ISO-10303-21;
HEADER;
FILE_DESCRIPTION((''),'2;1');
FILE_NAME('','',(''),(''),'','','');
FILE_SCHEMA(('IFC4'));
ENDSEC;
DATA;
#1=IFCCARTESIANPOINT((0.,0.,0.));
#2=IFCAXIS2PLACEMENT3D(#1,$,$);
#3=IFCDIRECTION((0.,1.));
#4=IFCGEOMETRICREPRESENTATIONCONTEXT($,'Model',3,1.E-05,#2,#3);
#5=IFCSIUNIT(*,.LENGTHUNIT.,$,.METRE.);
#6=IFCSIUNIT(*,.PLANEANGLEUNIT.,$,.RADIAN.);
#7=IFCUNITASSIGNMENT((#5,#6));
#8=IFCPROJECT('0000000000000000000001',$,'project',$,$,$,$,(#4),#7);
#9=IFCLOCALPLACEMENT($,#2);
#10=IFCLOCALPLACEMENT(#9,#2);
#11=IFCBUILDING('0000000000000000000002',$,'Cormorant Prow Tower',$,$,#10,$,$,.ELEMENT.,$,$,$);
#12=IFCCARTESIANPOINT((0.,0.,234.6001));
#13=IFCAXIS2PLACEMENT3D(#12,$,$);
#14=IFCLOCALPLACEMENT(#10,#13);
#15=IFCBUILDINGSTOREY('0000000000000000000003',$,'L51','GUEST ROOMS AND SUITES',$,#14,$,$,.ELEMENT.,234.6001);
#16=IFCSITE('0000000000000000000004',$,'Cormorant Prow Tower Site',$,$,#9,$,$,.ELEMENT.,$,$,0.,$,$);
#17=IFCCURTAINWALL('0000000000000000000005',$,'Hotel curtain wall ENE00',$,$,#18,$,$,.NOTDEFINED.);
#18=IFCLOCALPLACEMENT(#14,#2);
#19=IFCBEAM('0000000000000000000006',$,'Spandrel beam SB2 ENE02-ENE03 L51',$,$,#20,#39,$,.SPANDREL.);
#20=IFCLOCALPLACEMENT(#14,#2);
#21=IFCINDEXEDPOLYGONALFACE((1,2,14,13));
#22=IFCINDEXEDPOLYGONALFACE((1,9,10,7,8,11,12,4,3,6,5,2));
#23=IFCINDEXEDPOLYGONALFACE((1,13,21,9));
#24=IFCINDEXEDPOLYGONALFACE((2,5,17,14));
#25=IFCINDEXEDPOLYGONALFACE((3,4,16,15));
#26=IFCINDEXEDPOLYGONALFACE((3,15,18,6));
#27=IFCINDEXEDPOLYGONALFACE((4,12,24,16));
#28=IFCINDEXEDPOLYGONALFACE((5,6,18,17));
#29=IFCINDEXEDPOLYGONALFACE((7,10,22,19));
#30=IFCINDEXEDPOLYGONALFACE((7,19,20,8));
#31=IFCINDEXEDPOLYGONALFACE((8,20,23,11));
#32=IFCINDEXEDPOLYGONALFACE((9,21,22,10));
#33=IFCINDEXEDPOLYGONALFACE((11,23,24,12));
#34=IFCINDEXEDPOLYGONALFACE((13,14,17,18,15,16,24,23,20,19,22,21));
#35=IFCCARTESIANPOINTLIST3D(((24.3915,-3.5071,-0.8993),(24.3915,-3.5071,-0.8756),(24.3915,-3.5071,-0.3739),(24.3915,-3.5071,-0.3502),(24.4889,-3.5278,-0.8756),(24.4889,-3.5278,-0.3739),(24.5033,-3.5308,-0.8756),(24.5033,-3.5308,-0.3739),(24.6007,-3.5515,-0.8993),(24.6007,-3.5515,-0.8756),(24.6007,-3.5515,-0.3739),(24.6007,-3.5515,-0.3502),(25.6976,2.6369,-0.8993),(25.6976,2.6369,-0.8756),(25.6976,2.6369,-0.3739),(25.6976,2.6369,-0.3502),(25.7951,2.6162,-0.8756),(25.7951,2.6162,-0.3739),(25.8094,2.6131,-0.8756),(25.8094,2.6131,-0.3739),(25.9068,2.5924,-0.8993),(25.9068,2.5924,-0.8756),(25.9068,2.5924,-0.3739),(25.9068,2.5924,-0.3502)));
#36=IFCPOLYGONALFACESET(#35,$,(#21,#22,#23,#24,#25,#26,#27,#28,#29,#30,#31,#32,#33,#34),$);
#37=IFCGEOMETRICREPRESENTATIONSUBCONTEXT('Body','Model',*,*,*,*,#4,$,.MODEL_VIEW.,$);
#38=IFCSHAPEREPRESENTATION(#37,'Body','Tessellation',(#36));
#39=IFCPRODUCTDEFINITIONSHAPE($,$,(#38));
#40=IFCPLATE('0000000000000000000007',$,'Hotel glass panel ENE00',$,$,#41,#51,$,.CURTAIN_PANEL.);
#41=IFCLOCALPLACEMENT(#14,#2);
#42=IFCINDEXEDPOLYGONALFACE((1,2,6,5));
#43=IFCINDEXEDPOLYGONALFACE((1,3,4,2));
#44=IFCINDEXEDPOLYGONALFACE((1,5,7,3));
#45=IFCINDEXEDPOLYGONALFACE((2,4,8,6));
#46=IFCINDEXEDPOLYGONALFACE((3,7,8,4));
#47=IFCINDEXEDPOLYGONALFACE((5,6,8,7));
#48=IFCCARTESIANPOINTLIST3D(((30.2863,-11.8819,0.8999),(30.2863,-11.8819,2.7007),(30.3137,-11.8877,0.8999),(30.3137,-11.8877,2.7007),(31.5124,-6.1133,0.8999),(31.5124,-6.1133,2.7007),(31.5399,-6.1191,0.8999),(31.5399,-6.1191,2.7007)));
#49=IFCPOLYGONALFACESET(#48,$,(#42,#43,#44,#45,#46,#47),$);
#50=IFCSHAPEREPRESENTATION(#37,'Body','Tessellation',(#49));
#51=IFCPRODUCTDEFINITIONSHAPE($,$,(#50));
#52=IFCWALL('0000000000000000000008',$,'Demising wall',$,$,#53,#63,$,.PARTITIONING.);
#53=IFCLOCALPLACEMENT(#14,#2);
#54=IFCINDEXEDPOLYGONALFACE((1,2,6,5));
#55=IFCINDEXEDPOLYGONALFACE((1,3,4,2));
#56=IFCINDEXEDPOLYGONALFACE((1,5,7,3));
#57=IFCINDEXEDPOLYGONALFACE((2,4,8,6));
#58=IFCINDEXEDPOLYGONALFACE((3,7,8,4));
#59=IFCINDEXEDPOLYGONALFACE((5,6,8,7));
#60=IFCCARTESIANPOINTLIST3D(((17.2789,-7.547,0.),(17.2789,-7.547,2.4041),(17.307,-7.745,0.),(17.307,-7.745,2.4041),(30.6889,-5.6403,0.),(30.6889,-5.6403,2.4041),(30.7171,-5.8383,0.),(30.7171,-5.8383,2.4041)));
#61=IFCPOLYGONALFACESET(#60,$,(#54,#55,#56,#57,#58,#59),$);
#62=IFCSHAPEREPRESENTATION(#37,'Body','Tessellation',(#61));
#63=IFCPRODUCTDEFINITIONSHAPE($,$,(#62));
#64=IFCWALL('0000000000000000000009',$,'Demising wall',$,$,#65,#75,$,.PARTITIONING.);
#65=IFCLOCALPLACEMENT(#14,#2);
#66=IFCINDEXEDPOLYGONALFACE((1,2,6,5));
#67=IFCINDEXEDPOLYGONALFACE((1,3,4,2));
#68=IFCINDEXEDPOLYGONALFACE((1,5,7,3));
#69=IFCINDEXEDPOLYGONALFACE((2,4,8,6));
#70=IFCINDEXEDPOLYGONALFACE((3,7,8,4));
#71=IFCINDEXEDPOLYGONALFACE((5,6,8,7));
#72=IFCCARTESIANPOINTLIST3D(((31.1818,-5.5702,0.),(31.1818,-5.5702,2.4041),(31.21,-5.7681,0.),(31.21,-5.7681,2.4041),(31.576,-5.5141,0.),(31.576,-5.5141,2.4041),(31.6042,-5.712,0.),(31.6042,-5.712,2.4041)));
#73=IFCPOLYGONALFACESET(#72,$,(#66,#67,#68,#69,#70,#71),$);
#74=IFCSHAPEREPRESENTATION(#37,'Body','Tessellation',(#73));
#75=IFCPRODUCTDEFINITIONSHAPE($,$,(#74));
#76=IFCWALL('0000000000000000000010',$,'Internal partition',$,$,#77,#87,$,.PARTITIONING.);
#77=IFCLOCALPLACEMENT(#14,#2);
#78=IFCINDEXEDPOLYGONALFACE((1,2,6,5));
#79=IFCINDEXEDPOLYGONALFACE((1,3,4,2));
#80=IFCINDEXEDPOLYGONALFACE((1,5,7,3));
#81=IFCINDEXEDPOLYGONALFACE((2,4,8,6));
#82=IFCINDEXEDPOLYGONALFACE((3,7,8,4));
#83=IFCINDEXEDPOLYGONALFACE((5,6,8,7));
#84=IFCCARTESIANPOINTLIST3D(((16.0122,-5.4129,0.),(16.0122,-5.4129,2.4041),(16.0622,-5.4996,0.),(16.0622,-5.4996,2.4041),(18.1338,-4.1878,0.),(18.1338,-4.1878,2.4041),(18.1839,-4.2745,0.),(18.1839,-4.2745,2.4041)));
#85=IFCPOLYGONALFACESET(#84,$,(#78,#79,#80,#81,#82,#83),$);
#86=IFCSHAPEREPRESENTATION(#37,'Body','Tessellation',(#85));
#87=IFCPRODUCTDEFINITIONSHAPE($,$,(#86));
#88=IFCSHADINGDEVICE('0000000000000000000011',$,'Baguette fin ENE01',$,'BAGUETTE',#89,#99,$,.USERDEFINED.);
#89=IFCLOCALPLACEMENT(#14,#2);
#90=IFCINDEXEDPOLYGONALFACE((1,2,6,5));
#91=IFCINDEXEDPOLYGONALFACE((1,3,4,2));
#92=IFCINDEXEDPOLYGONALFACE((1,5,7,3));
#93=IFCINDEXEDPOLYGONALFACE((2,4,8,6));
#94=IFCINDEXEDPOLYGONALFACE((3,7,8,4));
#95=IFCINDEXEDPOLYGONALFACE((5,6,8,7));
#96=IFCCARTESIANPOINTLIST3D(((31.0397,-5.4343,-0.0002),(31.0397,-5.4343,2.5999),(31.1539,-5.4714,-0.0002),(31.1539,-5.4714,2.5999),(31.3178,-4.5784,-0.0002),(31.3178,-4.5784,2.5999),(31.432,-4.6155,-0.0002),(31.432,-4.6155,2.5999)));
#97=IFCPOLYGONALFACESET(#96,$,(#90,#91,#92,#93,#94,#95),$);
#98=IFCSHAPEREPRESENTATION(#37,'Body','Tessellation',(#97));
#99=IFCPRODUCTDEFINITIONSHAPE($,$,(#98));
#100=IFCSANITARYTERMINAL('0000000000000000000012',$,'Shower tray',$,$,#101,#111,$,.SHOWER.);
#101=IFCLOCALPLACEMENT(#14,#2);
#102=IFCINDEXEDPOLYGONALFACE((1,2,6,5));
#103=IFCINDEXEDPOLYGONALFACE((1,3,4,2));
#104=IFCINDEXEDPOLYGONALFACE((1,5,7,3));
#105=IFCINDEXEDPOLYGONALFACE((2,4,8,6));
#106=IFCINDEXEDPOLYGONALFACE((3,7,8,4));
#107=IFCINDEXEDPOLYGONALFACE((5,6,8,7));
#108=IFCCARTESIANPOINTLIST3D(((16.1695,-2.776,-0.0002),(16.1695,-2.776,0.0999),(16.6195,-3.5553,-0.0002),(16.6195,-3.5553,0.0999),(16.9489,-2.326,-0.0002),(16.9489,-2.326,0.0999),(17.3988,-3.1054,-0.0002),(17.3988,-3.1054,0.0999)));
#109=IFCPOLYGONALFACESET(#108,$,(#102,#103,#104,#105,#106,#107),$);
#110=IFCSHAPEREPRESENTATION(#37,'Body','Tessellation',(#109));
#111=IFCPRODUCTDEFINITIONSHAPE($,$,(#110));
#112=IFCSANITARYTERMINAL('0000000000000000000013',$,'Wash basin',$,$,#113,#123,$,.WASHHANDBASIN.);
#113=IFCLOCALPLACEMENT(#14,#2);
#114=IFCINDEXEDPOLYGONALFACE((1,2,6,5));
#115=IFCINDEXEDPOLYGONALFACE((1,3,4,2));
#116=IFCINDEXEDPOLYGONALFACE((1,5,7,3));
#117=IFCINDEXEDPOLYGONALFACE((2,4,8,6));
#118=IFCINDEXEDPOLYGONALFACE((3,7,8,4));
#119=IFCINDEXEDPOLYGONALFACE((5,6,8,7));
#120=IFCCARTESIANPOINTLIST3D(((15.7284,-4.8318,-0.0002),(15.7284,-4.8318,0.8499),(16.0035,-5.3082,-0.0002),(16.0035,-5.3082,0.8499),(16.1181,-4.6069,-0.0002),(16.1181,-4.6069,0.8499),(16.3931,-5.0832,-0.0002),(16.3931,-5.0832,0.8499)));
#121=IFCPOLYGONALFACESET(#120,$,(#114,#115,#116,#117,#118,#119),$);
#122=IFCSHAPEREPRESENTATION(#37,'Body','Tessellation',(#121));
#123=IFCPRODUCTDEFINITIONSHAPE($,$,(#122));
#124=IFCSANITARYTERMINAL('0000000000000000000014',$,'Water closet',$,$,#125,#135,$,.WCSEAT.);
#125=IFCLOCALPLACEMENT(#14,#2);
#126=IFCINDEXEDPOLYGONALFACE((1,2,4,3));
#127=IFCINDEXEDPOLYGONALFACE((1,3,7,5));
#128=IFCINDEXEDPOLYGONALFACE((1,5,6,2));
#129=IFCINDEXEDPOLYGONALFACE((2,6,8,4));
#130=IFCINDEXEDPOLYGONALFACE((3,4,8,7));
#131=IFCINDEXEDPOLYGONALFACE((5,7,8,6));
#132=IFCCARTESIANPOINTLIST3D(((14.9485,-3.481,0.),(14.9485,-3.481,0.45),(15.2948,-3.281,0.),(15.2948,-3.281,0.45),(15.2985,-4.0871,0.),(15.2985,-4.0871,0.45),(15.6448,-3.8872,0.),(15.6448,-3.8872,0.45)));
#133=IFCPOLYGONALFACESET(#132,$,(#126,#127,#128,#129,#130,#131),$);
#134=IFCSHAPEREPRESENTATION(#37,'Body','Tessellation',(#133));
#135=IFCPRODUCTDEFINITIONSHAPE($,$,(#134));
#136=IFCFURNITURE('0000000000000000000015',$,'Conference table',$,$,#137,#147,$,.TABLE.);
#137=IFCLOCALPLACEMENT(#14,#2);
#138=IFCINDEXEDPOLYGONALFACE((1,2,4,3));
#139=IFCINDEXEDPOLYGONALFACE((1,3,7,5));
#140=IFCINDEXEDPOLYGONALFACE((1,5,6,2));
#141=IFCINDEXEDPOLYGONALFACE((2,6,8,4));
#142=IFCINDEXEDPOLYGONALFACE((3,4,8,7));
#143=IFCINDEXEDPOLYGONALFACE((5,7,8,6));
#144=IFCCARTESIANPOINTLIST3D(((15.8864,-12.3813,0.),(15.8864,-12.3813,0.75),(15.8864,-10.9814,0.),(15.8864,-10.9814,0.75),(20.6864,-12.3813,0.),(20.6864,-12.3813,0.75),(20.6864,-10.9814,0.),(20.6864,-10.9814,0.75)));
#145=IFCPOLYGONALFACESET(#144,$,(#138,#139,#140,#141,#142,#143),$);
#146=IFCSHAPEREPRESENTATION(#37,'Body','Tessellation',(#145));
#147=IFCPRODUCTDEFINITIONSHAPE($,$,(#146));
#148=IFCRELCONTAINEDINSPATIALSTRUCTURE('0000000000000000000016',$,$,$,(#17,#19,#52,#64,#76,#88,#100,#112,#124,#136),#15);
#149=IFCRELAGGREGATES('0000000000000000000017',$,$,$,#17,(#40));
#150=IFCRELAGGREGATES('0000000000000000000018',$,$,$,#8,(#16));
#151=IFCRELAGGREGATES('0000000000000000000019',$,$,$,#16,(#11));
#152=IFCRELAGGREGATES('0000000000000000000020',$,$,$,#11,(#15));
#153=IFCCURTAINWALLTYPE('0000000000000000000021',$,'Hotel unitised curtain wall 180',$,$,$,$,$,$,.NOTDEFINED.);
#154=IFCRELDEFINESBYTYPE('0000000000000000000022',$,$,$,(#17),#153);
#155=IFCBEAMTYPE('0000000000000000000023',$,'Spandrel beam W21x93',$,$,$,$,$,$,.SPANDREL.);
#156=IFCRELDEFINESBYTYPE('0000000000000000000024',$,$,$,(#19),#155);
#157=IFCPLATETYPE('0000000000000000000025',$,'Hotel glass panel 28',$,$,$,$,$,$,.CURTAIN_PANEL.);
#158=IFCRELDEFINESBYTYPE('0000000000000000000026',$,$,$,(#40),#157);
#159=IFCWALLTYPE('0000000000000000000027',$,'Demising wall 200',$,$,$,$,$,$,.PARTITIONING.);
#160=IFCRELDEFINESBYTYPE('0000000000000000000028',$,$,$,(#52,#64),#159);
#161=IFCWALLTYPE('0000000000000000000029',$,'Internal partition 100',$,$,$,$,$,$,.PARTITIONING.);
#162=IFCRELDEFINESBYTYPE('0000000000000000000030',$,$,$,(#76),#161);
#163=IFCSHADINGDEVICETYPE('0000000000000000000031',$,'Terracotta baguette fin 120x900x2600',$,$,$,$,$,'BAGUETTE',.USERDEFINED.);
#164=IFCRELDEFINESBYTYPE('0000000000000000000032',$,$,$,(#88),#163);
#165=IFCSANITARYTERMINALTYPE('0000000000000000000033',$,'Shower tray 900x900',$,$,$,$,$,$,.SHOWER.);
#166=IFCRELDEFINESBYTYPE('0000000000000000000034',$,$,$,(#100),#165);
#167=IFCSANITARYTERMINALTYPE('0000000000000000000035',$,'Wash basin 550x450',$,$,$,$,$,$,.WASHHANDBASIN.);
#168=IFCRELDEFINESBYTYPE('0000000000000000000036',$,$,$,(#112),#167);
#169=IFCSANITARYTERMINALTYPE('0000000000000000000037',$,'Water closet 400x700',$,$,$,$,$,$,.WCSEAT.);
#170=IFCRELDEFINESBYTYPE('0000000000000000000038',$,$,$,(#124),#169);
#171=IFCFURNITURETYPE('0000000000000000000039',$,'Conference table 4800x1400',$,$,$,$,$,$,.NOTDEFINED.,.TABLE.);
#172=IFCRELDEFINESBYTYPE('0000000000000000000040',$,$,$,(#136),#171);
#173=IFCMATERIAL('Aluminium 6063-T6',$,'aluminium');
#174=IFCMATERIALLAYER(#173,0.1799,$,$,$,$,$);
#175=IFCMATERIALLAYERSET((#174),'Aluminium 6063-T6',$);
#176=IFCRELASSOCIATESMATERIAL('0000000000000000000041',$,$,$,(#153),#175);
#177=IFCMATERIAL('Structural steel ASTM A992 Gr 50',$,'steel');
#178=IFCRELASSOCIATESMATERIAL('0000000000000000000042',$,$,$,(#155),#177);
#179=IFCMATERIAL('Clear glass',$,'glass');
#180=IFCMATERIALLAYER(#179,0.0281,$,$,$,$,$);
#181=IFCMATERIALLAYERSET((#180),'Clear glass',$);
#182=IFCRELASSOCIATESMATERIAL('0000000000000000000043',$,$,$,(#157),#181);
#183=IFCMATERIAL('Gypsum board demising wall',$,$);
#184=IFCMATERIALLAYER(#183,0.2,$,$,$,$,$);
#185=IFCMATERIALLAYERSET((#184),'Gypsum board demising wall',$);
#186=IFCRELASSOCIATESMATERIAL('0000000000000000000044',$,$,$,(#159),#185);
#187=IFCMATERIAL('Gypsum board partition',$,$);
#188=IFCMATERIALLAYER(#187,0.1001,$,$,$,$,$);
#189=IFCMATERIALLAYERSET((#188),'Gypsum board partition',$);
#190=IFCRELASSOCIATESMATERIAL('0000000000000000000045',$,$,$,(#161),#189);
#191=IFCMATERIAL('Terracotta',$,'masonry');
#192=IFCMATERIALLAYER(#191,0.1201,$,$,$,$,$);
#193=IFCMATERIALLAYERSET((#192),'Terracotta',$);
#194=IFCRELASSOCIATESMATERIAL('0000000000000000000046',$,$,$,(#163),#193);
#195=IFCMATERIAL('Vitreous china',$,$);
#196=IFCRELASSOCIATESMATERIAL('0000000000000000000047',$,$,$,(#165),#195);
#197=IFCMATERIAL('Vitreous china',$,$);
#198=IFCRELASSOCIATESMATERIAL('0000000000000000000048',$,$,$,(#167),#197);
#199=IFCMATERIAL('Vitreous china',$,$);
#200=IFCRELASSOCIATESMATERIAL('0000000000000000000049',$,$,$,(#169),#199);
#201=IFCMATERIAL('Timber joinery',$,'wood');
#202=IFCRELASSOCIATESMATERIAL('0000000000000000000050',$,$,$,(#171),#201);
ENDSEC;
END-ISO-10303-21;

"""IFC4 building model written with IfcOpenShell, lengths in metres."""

from ifc_helpers import new_model, si_unit, direction, frame, frame_2d, origin, origin_2d, place, context, subcontext, project, spatial, rectangle, i_section, extrude, material, layer, layer_set, material_profile, profile_set, type_object, element, aggregate, save


model = new_model("IFC4")

# Units and contexts
model_context = context("Model", 3, precision=1e-05, world=origin(), true_north=direction((0.0, 1.0)))
body_context = subcontext(model_context, "Body", "Model", "MODEL_VIEW")
ifc_project = project(units=[si_unit("LENGTHUNIT", "METRE"), si_unit("PLANEANGLEUNIT", "RADIAN")], contexts=[model_context])

# Site, building, storey
site_placement = place(None, origin())
site = spatial("IfcSite", under=ifc_project, at=site_placement, Name="Cormorant Prow Tower Site", CompositionType="ELEMENT", RefElevation=0.0)
building_placement = place(site_placement, origin())
building = spatial("IfcBuilding", under=site, at=building_placement, Name="Cormorant Prow Tower", CompositionType="ELEMENT")
storey_placement = place(building_placement, frame((0.0, 0.0, 234.6001)))
storey = spatial("IfcBuildingStorey", under=building, at=storey_placement, Name="L51", Description="GUEST ROOMS AND SUITES", CompositionType="ELEMENT", Elevation=234.6001)

# Curtain wall
ifc_material_1 = material(Name="Aluminium 6063-T6", Category="aluminium")
ifc_layer_1 = layer(ifc_material_1, 0.1799)
ifc_layer_set_1 = layer_set([ifc_layer_1], Name="Aluminium 6063-T6")
curtain_wall_type = type_object("IfcCurtainWallType", Name="Hotel unitised curtain wall 180", PredefinedType="NOTDEFINED", material=ifc_layer_set_1)
curtain_wall_1_placement = place(storey_placement, origin())
curtain_wall_1 = element("IfcCurtainWall", 1, at=curtain_wall_1_placement, inside=storey, type_object=curtain_wall_type, Name="Hotel curtain wall ENE00", PredefinedType="NOTDEFINED")

# Beam
ifc_material_2 = material(Name="Structural steel ASTM A992 Gr 50", Category="steel")
ifc_material_profile_1 = material_profile(ifc_material_2, i_section(OverallWidth=0.2139, OverallDepth=0.5491, WebThickness=0.0146, FlangeThickness=0.0237, at=origin_2d()), Name="W21x93")
ifc_profile_set_1 = profile_set([ifc_material_profile_1], Name="Structural steel ASTM A992 Gr 50")
beam_type_1 = type_object("IfcBeamType", Name="Spandrel beam W21x93", PredefinedType="SPANDREL", material=ifc_profile_set_1)
for number, where, z_axis, x_axis, name in (
    (2, (24.4961, -3.5293, -0.6248), (0.207941, 0.978141, 0.0), (-0.978141, 0.207941, 0.0), "Spandrel beam SB2 ENE02-ENE03 L51"),
):
    element("IfcBeam", number, at=place(storey_placement, frame(where, z_axis=z_axis, x_axis=x_axis)), inside=storey, type_object=beam_type_1, Name=name, PredefinedType="SPANDREL", context=body_context, shape_type="SweptSolid", body=[
        extrude(i_section(OverallWidth=0.2139, OverallDepth=0.5491, WebThickness=0.0146, FlangeThickness=0.0237, at=origin_2d()), origin(), (0.0, 0.0, 1.0), 6.2812),
    ])

# Plate
ifc_material_3 = material(Name="Clear glass", Category="glass")
ifc_layer_2 = layer(ifc_material_3, 0.0281)
ifc_layer_set_2 = layer_set([ifc_layer_2], Name="Clear glass")
plate_type = type_object("IfcPlateType", Name="Hotel glass panel 28", PredefinedType="CURTAIN_PANEL", material=ifc_layer_set_2)
plate_placement = place(storey_placement, frame((30.9131, -9.0005, 0.8999), z_axis=(0.0, 0.0, 1.0), x_axis=(0.207912, 0.978148, 0.0)))
plate = element("IfcPlate", 3, at=plate_placement, type_object=plate_type, Name="Hotel glass panel ENE00", PredefinedType="CURTAIN_PANEL", context=body_context, shape_type="SweptSolid", body=[
    extrude(rectangle(XDim=5.8975, YDim=0.0281, at=origin_2d()), origin(), (0.0, 0.0, 1.0), 1.8008),
])
aggregate(curtain_wall_1, [plate])

# Walls
ifc_material_4 = material(Name="Gypsum board demising wall")
ifc_layer_3 = layer(ifc_material_4, 0.2)
ifc_layer_set_3 = layer_set([ifc_layer_3], Name="Gypsum board demising wall")
wall_type_1 = type_object("IfcWallType", Name="Demising wall 200", PredefinedType="PARTITIONING", material=ifc_layer_set_3)
wall_1_placement = place(storey_placement, frame((17.293, -7.646, 0.0), z_axis=(0.0, 0.0, 1.0), x_axis=(0.990042, 0.14077, 0.0)))
element("IfcWall", 4, at=wall_1_placement, inside=storey, type_object=wall_type_1, Name="Demising wall", PredefinedType="PARTITIONING", context=body_context, shape_type="SweptSolid", body=[
    extrude(rectangle(XDim=13.5449, YDim=0.2, at=frame_2d((6.7725, 0.0))), origin(), (0.0, 0.0, 1.0), 2.4041),
])
wall_2_placement = place(storey_placement, frame((31.1958, -5.6692, 0.0), z_axis=(0.0, 0.0, 1.0), x_axis=(0.990011, 0.140992, 0.0)))
element("IfcWall", 5, at=wall_2_placement, inside=storey, type_object=wall_type_1, Name="Demising wall", PredefinedType="PARTITIONING", context=body_context, shape_type="SweptSolid", body=[
    extrude(rectangle(XDim=0.3982, YDim=0.2, at=frame_2d((0.1992, 0.0))), origin(), (0.0, 0.0, 1.0), 2.4041),
])
ifc_material_5 = material(Name="Gypsum board partition")
ifc_layer_4 = layer(ifc_material_5, 0.1001)
ifc_layer_set_4 = layer_set([ifc_layer_4], Name="Gypsum board partition")
wall_type_2 = type_object("IfcWallType", Name="Internal partition 100", PredefinedType="PARTITIONING", material=ifc_layer_set_4)
wall_3_placement = place(storey_placement, frame((16.0371, -5.4563, 0.0), z_axis=(0.0, 0.0, 1.0), x_axis=(0.86599, 0.500062, 0.0)))
element("IfcWall", 6, at=wall_3_placement, inside=storey, type_object=wall_type_2, Name="Internal partition", PredefinedType="PARTITIONING", context=body_context, shape_type="SweptSolid", body=[
    extrude(rectangle(XDim=2.45, YDim=0.1001, at=frame_2d((1.2251, 0.0))), origin(), (0.0, 0.0, 1.0), 2.4041),
])

# Shading device
ifc_material_6 = material(Name="Terracotta", Category="masonry")
ifc_layer_5 = layer(ifc_material_6, 0.1201)
ifc_layer_set_5 = layer_set([ifc_layer_5], Name="Terracotta")
shading_device_type = type_object("IfcShadingDeviceType", Name="Terracotta baguette fin 120x900x2600", ElementType="BAGUETTE", PredefinedType="USERDEFINED", material=ifc_layer_set_5)
shading_device_placement = place(storey_placement, frame((31.2358, -5.0249, -0.0002), z_axis=(0.0, 0.0, 1.0), x_axis=(-0.951057, 0.309017, 0.0)))
element("IfcShadingDevice", 7, at=shading_device_placement, inside=storey, type_object=shading_device_type, Name="Baguette fin ENE01", ObjectType="BAGUETTE", PredefinedType="USERDEFINED", context=body_context, shape_type="SweptSolid", body=[
    extrude(rectangle(XDim=0.1201, YDim=0.8999, at=origin_2d()), origin(), (0.0, 0.0, 1.0), 2.6001),
])

# Sanitary terminals
ifc_material_7 = material(Name="Vitreous china")
sanitary_terminal_type_1 = type_object("IfcSanitaryTerminalType", Name="Shower tray 900x900", PredefinedType="SHOWER", material=ifc_material_7)
sanitary_terminal_1_placement = place(storey_placement, frame((16.7842, -2.9407, -0.0002), z_axis=(0.0, 0.0, 1.0), x_axis=(0.5, -0.866025, 0.0)))
element("IfcSanitaryTerminal", 8, at=sanitary_terminal_1_placement, inside=storey, type_object=sanitary_terminal_type_1, Name="Shower tray", PredefinedType="SHOWER", context=body_context, shape_type="SweptSolid", body=[
    extrude(rectangle(XDim=0.8999, YDim=0.8999, at=origin_2d()), origin(), (0.0, 0.0, 1.0), 0.1001),
])
ifc_material_8 = material(Name="Vitreous china")
sanitary_terminal_type_2 = type_object("IfcSanitaryTerminalType", Name="Wash basin 550x450", PredefinedType="WASHHANDBASIN", material=ifc_material_8)
sanitary_terminal_2_placement = place(storey_placement, frame((16.0608, -4.9575, -0.0002), z_axis=(0.0, 0.0, 1.0), x_axis=(-0.5, 0.866025, 0.0)))
element("IfcSanitaryTerminal", 9, at=sanitary_terminal_2_placement, inside=storey, type_object=sanitary_terminal_type_2, Name="Wash basin", PredefinedType="WASHHANDBASIN", context=body_context, shape_type="SweptSolid", body=[
    extrude(rectangle(XDim=0.55, YDim=0.45, at=origin_2d()), origin(), (0.0, 0.0, 1.0), 0.8501),
])
ifc_material_9 = material(Name="Vitreous china")
sanitary_terminal_type_3 = type_object("IfcSanitaryTerminalType", Name="Water closet 400x700", PredefinedType="WCSEAT", material=ifc_material_9)
sanitary_terminal_3_placement = place(storey_placement, frame((15.2966, -3.6841, 0.0), z_axis=(0.0, 0.0, 1.0), x_axis=(0.866025, 0.5, 0.0)))
element("IfcSanitaryTerminal", 10, at=sanitary_terminal_3_placement, inside=storey, type_object=sanitary_terminal_type_3, Name="Water closet", PredefinedType="WCSEAT", context=body_context, shape_type="SweptSolid", body=[
    extrude(rectangle(XDim=0.3999, YDim=0.7, at=origin_2d()), origin(), (0.0, 0.0, 1.0), 0.45),
])

# Furniture
ifc_material_10 = material(Name="Timber joinery", Category="wood")
furniture_type = type_object("IfcFurnitureType", Name="Conference table 4800x1400", AssemblyPlace="NOTDEFINED", PredefinedType="TABLE", material=ifc_material_10)
furniture_placement = place(storey_placement, frame((18.2864, -11.6814, 0.0), z_axis=(0.0, 0.0, 1.0), x_axis=(1.0, 0.0, 0.0)))
element("IfcFurniture", 11, at=furniture_placement, inside=storey, type_object=furniture_type, Name="Conference table", PredefinedType="TABLE", context=body_context, shape_type="SweptSolid", body=[
    extrude(rectangle(XDim=4.8, YDim=1.3999, at=origin_2d()), origin(), (0.0, 0.0, 1.0), 0.75),
])

save(model, "model.ifc")
